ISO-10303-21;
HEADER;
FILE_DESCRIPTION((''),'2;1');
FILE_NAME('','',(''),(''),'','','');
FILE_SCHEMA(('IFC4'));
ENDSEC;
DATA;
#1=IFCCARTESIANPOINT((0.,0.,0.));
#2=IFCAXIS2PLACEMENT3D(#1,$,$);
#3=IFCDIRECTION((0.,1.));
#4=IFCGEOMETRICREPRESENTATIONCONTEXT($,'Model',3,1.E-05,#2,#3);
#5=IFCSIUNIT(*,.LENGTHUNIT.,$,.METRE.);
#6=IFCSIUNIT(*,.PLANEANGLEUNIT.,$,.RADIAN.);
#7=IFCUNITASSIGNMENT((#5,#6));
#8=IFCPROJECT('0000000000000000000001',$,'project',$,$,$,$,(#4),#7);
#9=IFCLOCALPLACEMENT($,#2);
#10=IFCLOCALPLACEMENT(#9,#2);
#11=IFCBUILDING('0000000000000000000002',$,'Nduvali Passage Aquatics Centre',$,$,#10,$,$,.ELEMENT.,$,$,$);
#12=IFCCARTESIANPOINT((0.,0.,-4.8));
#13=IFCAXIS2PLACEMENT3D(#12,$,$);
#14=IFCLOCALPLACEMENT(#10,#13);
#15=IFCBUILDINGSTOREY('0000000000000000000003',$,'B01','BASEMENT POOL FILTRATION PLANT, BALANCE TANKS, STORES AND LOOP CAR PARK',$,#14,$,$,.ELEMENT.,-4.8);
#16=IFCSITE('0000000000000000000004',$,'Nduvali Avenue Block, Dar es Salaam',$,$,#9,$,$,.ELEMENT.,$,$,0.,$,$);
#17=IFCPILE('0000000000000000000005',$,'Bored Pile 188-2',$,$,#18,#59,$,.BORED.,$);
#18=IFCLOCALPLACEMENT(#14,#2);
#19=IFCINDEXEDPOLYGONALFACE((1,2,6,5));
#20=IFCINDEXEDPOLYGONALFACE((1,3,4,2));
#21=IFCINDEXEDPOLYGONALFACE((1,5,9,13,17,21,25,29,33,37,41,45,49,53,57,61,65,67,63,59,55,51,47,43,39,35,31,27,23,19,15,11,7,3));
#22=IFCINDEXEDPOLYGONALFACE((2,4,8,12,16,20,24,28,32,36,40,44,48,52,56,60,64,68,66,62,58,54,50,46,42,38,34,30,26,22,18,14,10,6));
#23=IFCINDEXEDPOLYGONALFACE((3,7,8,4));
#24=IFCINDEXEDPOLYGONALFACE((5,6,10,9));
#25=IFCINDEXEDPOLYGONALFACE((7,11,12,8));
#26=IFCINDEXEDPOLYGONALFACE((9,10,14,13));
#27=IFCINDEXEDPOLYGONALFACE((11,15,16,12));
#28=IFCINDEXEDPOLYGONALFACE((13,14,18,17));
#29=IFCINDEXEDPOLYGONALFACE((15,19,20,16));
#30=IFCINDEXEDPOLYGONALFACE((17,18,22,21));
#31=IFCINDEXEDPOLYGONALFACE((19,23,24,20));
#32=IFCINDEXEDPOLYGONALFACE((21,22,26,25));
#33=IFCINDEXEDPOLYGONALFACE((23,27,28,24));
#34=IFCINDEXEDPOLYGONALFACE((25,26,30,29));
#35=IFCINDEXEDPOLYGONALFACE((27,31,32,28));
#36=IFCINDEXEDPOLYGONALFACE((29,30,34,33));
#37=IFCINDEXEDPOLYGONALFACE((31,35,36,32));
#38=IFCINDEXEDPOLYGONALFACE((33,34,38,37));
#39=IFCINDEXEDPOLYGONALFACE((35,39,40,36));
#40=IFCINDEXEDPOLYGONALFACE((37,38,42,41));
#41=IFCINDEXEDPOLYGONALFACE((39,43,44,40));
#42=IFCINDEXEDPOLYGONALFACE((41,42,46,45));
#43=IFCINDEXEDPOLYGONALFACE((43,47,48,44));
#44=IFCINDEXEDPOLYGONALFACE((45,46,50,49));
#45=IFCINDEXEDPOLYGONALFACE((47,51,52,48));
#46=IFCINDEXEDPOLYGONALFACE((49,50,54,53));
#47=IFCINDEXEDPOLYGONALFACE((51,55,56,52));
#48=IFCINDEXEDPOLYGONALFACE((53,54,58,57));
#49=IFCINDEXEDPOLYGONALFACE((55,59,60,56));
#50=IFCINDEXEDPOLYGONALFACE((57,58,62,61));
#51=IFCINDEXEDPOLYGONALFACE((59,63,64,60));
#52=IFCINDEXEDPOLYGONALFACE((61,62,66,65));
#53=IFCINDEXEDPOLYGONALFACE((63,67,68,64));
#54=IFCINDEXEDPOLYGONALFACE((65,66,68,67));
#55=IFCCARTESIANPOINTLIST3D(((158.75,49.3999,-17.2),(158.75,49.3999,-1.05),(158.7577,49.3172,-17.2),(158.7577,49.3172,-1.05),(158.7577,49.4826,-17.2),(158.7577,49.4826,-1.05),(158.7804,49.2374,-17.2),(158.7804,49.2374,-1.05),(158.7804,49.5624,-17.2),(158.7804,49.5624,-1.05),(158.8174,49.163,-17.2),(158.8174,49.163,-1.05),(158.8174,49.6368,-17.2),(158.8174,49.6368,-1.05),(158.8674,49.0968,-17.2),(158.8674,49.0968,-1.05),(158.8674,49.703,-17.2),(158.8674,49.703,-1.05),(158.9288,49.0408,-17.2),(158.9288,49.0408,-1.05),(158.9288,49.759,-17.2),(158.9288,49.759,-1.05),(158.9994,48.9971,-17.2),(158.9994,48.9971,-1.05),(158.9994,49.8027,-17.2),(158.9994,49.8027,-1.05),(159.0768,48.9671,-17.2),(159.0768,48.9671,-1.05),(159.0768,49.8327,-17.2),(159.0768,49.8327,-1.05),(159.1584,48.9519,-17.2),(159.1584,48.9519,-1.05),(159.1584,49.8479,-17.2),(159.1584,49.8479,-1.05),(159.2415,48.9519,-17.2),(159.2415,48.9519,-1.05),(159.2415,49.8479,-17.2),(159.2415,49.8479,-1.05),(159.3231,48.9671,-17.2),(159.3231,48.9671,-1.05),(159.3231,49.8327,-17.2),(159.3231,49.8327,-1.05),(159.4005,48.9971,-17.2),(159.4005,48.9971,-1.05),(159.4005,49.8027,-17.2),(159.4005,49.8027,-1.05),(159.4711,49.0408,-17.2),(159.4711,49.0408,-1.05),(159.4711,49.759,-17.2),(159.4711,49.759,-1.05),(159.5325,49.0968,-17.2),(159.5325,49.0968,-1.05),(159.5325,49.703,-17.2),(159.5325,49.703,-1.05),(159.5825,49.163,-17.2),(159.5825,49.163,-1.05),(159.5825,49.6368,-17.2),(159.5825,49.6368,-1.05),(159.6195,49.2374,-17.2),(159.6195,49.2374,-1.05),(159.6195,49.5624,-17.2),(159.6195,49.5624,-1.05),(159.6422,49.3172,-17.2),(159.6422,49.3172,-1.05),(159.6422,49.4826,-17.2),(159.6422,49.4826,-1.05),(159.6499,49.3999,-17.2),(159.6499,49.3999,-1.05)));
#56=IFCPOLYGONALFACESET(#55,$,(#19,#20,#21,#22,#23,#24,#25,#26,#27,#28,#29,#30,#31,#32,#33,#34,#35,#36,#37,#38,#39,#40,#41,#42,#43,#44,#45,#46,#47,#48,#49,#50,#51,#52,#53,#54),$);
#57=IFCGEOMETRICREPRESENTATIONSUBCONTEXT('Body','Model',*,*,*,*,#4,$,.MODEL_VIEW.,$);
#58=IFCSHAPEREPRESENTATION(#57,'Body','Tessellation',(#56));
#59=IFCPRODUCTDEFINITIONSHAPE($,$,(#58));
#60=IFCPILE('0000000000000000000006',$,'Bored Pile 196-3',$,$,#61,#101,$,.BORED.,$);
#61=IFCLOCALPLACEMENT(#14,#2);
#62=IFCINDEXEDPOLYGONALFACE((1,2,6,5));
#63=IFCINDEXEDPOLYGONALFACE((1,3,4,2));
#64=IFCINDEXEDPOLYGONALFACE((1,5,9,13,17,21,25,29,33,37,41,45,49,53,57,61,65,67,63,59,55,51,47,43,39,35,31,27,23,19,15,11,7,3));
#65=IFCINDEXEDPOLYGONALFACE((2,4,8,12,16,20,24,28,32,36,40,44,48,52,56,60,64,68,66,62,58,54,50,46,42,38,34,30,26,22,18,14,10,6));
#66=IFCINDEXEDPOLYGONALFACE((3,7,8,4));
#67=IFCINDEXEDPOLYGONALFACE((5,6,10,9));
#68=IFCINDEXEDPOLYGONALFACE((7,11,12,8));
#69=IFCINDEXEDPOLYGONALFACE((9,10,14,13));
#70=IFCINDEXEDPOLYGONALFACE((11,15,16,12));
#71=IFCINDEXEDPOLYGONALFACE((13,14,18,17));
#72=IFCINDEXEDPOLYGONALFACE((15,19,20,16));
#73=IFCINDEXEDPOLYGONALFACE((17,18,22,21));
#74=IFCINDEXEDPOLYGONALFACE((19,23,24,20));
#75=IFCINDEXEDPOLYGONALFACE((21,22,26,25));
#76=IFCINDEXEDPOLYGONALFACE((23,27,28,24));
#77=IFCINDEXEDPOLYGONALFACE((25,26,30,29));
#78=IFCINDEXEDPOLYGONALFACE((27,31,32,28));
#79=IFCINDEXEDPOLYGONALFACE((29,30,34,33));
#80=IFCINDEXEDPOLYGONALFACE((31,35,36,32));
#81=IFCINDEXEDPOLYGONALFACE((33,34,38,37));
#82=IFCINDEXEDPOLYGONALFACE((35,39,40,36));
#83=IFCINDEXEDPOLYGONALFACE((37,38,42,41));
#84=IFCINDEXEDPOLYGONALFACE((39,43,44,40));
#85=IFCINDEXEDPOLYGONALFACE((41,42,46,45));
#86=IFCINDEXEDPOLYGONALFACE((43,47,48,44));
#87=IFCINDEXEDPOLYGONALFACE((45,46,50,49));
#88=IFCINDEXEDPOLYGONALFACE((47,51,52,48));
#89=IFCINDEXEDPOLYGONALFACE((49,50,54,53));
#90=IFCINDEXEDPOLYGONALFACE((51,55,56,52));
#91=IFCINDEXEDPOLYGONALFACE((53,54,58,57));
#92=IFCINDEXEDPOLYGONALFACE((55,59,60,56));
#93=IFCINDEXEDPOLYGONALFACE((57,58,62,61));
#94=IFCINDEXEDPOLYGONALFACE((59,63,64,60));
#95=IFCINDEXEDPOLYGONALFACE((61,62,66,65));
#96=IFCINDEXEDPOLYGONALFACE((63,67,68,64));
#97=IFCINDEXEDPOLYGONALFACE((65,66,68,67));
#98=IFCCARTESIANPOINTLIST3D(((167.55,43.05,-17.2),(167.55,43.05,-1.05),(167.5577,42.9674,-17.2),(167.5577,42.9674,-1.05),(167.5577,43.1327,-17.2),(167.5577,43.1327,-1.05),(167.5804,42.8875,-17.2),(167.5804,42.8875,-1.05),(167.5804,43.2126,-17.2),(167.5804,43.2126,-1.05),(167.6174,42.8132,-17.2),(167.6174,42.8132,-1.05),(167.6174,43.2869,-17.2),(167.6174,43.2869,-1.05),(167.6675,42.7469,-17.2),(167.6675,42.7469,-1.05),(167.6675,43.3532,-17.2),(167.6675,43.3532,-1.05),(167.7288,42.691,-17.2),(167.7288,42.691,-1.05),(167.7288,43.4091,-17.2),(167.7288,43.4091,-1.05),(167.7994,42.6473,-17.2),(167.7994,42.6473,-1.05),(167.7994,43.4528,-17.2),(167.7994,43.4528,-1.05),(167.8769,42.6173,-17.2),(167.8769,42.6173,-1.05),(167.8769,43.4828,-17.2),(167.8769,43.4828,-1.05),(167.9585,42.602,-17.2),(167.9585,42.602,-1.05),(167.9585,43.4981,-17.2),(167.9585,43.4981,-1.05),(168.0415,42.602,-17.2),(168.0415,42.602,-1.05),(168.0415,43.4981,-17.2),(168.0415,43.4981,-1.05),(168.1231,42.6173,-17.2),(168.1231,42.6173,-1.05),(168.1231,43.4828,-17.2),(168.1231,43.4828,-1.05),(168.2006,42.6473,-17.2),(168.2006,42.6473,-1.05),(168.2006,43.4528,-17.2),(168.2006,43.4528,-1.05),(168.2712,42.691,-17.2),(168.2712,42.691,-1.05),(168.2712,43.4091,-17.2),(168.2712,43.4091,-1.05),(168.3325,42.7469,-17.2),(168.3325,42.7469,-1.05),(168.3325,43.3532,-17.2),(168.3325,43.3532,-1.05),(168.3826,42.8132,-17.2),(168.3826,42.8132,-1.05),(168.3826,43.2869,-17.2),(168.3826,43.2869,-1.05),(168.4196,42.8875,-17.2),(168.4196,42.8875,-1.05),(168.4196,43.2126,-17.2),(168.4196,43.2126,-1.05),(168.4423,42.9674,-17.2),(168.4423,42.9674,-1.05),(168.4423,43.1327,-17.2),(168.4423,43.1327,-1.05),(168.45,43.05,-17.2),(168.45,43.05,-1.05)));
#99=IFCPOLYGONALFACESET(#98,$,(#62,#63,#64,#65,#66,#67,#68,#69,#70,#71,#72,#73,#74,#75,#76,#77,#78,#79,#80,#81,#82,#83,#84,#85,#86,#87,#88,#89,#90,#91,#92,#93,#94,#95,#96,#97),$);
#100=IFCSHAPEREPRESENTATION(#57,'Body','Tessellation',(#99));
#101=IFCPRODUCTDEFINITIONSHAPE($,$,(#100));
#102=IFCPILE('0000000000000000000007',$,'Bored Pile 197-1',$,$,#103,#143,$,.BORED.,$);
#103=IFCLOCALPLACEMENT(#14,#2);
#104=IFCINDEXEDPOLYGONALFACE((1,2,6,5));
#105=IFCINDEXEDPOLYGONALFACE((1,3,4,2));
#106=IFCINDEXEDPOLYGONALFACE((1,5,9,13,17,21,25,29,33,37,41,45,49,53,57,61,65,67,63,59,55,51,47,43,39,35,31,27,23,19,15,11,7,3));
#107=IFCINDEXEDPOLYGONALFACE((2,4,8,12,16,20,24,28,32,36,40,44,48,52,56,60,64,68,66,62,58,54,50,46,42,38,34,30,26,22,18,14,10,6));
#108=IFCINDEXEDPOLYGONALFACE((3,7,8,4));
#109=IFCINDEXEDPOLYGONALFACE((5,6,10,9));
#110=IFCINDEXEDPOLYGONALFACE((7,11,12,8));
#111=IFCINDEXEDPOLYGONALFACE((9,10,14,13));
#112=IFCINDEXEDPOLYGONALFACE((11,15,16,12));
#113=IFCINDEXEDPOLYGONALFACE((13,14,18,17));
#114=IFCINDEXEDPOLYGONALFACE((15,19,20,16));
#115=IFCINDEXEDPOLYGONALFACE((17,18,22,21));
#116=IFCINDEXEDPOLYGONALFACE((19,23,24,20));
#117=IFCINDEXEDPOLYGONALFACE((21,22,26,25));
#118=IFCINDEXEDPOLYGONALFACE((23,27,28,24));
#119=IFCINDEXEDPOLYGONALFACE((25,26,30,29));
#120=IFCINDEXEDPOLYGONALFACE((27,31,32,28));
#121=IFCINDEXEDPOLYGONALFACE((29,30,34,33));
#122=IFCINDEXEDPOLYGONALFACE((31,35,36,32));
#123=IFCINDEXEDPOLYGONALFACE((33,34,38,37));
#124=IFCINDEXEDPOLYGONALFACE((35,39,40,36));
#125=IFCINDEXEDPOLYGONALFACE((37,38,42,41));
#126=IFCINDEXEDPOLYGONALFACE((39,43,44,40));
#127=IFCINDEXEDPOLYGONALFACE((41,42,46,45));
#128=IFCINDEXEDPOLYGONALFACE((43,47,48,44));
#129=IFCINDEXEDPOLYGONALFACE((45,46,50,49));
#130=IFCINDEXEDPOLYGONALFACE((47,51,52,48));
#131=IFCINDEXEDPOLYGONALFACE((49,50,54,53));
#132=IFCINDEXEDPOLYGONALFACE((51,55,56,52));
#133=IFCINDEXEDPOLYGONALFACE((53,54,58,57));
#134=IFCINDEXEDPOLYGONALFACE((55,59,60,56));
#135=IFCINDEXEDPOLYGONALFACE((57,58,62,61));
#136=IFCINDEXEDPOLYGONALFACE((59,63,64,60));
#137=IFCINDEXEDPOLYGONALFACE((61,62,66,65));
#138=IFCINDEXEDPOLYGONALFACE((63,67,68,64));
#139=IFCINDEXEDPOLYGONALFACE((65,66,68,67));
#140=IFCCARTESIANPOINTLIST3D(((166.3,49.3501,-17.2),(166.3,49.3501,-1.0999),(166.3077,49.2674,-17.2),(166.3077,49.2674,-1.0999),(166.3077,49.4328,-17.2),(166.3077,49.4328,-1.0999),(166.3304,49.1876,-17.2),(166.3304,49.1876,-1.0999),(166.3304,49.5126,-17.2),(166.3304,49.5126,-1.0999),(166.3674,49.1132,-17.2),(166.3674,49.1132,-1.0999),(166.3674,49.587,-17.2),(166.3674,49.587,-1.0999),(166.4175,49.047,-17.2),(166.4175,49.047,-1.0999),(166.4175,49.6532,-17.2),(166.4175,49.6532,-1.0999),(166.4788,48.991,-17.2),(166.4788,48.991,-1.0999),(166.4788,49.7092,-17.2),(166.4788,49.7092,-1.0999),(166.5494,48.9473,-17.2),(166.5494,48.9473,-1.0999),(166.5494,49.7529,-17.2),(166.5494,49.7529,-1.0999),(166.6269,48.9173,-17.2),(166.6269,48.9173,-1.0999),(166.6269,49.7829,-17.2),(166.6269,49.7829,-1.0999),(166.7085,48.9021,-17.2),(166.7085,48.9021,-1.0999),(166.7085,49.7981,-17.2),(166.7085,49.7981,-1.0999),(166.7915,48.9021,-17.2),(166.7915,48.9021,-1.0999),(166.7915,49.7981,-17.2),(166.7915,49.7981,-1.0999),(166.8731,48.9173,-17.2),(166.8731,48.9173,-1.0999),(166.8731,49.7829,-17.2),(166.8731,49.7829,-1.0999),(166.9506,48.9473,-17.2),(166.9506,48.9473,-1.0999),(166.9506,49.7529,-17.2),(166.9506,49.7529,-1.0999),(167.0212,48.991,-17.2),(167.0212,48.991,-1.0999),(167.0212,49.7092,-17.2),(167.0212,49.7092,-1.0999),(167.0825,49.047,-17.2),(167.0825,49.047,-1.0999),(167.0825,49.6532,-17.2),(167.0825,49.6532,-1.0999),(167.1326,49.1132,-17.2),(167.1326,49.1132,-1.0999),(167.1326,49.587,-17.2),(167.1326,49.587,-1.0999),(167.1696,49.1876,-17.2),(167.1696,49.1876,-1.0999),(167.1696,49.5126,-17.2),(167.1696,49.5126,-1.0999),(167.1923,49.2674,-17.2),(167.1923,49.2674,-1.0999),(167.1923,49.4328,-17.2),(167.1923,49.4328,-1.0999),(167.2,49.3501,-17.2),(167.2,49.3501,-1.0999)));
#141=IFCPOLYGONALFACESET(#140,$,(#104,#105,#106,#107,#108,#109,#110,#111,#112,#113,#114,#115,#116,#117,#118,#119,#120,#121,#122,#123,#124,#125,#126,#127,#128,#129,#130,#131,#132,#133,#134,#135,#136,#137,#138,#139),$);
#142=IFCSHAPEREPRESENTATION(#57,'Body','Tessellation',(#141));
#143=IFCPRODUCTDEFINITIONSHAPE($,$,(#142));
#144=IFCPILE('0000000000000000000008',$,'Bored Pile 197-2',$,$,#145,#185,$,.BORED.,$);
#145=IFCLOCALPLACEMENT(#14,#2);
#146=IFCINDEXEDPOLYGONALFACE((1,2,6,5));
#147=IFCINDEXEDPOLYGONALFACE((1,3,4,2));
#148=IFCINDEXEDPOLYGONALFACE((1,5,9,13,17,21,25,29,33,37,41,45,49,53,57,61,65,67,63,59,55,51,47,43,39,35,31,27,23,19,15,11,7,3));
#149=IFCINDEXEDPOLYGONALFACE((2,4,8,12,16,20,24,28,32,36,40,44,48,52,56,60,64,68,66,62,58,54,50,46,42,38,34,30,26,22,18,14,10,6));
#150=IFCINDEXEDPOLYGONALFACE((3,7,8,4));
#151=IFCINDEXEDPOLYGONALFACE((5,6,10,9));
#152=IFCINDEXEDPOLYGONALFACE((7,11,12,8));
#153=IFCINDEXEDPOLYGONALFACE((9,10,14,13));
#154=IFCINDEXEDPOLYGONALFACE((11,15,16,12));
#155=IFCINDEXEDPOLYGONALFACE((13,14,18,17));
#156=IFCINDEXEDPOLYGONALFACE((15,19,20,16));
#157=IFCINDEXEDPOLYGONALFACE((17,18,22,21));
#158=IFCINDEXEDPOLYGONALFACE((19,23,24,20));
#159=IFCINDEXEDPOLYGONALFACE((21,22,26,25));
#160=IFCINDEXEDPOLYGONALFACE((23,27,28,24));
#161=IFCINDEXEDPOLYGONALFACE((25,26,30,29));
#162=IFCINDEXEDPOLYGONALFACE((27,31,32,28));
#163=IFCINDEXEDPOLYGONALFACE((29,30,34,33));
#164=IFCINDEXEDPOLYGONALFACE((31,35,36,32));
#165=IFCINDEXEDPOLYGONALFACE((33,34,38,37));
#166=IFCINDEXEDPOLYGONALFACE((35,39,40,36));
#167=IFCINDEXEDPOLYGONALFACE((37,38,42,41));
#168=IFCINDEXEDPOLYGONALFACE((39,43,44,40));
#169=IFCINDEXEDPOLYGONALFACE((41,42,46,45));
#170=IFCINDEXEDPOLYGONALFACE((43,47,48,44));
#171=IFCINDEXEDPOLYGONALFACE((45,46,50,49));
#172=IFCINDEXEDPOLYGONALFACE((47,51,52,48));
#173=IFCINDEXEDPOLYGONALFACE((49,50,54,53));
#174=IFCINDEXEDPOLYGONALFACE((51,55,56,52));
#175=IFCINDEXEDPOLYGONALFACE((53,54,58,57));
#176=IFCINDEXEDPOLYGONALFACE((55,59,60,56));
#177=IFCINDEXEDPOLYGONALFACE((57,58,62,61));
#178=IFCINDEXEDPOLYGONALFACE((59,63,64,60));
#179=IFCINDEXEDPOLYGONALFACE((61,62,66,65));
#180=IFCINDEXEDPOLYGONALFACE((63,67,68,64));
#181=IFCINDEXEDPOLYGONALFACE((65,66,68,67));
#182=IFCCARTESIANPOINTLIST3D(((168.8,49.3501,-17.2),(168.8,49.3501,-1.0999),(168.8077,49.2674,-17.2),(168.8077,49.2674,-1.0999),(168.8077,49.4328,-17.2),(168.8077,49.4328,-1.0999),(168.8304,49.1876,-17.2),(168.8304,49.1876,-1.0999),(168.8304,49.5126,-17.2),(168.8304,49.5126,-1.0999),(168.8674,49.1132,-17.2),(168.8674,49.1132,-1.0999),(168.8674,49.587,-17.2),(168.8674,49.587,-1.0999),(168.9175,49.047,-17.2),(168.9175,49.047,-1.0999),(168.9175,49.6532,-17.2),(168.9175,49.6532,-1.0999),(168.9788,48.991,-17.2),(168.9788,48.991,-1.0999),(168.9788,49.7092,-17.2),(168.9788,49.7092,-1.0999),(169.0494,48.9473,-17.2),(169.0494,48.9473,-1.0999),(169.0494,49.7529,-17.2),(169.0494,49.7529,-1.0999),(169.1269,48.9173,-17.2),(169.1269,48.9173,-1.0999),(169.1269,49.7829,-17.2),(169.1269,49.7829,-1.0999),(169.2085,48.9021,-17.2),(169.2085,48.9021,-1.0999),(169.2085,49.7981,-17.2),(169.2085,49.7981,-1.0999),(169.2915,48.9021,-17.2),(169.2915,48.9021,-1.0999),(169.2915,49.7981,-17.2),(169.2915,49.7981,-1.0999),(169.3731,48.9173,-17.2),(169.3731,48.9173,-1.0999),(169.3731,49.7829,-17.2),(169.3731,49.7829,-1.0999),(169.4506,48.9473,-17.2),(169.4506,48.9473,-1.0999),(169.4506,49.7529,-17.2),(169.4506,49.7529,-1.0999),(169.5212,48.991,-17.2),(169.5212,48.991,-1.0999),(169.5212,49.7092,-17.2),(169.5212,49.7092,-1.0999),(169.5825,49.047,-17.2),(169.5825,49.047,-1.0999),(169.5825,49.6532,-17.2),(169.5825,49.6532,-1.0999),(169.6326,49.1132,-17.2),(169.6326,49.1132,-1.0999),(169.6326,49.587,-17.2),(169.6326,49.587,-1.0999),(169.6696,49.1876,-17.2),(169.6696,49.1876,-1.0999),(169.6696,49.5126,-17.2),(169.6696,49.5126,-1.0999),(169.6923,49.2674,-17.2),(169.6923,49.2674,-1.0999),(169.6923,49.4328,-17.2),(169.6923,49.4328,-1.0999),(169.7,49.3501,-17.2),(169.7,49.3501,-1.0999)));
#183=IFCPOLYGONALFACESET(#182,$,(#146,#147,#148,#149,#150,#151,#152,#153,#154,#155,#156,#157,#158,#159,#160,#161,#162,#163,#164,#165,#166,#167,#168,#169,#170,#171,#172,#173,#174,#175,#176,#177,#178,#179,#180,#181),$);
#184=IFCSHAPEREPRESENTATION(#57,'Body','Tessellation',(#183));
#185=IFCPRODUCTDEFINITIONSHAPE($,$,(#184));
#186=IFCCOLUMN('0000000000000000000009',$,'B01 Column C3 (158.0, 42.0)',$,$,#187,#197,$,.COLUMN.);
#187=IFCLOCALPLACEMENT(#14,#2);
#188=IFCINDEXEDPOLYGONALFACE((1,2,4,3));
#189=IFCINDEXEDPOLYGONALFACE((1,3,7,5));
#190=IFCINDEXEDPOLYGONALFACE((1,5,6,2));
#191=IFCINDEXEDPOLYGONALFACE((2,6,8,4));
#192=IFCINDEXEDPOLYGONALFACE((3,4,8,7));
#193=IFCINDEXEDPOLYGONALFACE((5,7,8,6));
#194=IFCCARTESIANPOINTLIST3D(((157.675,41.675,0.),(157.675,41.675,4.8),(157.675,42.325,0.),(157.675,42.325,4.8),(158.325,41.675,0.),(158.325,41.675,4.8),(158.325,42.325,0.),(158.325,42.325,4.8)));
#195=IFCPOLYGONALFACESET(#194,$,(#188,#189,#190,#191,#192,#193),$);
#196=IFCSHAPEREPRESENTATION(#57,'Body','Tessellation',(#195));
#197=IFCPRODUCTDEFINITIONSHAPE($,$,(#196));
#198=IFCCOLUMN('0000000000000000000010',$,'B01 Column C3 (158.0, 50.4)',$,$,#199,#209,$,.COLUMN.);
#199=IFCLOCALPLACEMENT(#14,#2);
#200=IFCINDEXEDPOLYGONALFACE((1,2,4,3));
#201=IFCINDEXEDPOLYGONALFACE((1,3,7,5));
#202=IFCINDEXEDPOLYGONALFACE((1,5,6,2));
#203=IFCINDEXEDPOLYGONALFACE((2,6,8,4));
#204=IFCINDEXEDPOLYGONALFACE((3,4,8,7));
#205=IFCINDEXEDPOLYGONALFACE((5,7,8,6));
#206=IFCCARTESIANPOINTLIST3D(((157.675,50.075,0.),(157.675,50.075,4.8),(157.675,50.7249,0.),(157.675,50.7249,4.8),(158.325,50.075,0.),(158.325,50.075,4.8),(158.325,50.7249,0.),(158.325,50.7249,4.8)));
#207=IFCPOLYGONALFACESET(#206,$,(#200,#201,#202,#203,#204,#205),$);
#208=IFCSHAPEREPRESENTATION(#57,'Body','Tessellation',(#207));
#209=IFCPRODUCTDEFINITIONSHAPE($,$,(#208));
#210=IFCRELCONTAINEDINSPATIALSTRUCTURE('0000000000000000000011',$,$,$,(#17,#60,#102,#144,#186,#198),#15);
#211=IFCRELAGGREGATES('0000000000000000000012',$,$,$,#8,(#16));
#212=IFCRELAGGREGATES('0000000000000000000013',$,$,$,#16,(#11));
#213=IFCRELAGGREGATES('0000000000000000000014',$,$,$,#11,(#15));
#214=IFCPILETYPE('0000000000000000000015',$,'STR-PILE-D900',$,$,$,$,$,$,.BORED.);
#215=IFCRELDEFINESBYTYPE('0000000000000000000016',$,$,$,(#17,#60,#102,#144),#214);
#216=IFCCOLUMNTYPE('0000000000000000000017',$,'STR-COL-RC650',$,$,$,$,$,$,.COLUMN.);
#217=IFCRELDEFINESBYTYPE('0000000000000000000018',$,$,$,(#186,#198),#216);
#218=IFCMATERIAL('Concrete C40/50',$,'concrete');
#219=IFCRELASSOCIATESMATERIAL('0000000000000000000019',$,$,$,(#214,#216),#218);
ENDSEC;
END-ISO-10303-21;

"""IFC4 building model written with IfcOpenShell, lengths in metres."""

from ifc_helpers import new_model, si_unit, direction, frame, origin, origin_2d, place, context, subcontext, project, spatial, rectangle, circle, extrude, material, material_profile, profile_set, type_object, element, save


model = new_model("IFC4")

# Units and contexts
model_context = context("Model", 3, precision=1e-05, world=origin(), true_north=direction((0.0, 1.0)))
body_context = subcontext(model_context, "Body", "Model", "MODEL_VIEW")
ifc_project = project(units=[si_unit("LENGTHUNIT", "METRE"), si_unit("PLANEANGLEUNIT", "RADIAN")], contexts=[model_context])

# Site, building, storey
site_placement = place(None, origin())
site = spatial("IfcSite", under=ifc_project, at=site_placement, Name="Nduvali Avenue Block, Dar es Salaam", CompositionType="ELEMENT", RefElevation=0.0)
building_placement = place(site_placement, origin())
building = spatial("IfcBuilding", under=site, at=building_placement, Name="Nduvali Passage Aquatics Centre", CompositionType="ELEMENT")
storey_placement = place(building_placement, frame((0.0, 0.0, -4.8)))
storey = spatial("IfcBuildingStorey", under=building, at=storey_placement, Name="B01", Description="BASEMENT POOL FILTRATION PLANT, BALANCE TANKS, STORES AND LOOP CAR PARK", CompositionType="ELEMENT", Elevation=-4.8)

# Shared definitions
ifc_material = material(Name="Concrete C40/50", Category="concrete")

# Piles
ifc_material_profile_1 = material_profile(ifc_material, circle(Radius=0.45, at=origin_2d()), Name="PILE D900")
ifc_profile_set_1 = profile_set([ifc_material_profile_1], Name="Concrete C40/50")
pile_type_1 = type_object("IfcPileType", Name="STR-PILE-D900", PredefinedType="BORED", material=ifc_profile_set_1)
for number, where, z_axis, x_axis, name in (
    (1, (159.2, 49.3999, -1.05), (0.0, 0.0, -1.0), (1.0, 0.0, 0.0), "Bored Pile 188-2"),
    (2, (168.0, 43.05, -1.05), (0.0, 0.0, -1.0), (1.0, 0.0, 0.0), "Bored Pile 196-3"),
):
    element("IfcPile", number, at=place(storey_placement, frame(where, z_axis=z_axis, x_axis=x_axis)), inside=storey, type_object=pile_type_1, Name=name, PredefinedType="BORED", context=body_context, shape_type="SweptSolid", body=[
        extrude(circle(Radius=0.45, at=origin_2d()), origin(), (0.0, 0.0, 1.0), 16.1499),
    ])
for number, where, z_axis, x_axis, name in (
    (3, (166.75, 49.3501, -1.0999), (0.0, 0.0, -1.0), (1.0, 0.0, 0.0), "Bored Pile 197-1"),
    (4, (169.25, 49.3501, -1.0999), (0.0, 0.0, -1.0), (1.0, 0.0, 0.0), "Bored Pile 197-2"),
):
    element("IfcPile", number, at=place(storey_placement, frame(where, z_axis=z_axis, x_axis=x_axis)), inside=storey, type_object=pile_type_1, Name=name, PredefinedType="BORED", context=body_context, shape_type="SweptSolid", body=[
        extrude(circle(Radius=0.45, at=origin_2d()), origin(), (0.0, 0.0, 1.0), 16.1001),
    ])

# Columns
ifc_material_profile_2 = material_profile(ifc_material, rectangle(XDim=0.6499, YDim=0.6499, at=origin_2d()), Name="RC 650x650")
ifc_profile_set_2 = profile_set([ifc_material_profile_2], Name="Concrete C40/50")
column_type = type_object("IfcColumnType", Name="STR-COL-RC650", PredefinedType="COLUMN", material=ifc_profile_set_2)
for number, where, z_axis, x_axis, name in (
    (5, (158.0, 42.0, 0.0), (0.0, 0.0, 1.0), (1.0, 0.0, 0.0), "B01 Column C3 (158.0, 42.0)"),
    (6, (158.0, 50.3999, 0.0), (0.0, 0.0, 1.0), (1.0, 0.0, 0.0), "B01 Column C3 (158.0, 50.4)"),
):
    element("IfcColumn", number, at=place(storey_placement, frame(where, z_axis=z_axis, x_axis=x_axis)), inside=storey, type_object=column_type, Name=name, PredefinedType="COLUMN", context=body_context, shape_type="SweptSolid", body=[
        extrude(rectangle(XDim=0.6499, YDim=0.6499, at=origin_2d()), origin(), (0.0, 0.0, 1.0), 4.8),
    ])

save(model, "model.ifc")
